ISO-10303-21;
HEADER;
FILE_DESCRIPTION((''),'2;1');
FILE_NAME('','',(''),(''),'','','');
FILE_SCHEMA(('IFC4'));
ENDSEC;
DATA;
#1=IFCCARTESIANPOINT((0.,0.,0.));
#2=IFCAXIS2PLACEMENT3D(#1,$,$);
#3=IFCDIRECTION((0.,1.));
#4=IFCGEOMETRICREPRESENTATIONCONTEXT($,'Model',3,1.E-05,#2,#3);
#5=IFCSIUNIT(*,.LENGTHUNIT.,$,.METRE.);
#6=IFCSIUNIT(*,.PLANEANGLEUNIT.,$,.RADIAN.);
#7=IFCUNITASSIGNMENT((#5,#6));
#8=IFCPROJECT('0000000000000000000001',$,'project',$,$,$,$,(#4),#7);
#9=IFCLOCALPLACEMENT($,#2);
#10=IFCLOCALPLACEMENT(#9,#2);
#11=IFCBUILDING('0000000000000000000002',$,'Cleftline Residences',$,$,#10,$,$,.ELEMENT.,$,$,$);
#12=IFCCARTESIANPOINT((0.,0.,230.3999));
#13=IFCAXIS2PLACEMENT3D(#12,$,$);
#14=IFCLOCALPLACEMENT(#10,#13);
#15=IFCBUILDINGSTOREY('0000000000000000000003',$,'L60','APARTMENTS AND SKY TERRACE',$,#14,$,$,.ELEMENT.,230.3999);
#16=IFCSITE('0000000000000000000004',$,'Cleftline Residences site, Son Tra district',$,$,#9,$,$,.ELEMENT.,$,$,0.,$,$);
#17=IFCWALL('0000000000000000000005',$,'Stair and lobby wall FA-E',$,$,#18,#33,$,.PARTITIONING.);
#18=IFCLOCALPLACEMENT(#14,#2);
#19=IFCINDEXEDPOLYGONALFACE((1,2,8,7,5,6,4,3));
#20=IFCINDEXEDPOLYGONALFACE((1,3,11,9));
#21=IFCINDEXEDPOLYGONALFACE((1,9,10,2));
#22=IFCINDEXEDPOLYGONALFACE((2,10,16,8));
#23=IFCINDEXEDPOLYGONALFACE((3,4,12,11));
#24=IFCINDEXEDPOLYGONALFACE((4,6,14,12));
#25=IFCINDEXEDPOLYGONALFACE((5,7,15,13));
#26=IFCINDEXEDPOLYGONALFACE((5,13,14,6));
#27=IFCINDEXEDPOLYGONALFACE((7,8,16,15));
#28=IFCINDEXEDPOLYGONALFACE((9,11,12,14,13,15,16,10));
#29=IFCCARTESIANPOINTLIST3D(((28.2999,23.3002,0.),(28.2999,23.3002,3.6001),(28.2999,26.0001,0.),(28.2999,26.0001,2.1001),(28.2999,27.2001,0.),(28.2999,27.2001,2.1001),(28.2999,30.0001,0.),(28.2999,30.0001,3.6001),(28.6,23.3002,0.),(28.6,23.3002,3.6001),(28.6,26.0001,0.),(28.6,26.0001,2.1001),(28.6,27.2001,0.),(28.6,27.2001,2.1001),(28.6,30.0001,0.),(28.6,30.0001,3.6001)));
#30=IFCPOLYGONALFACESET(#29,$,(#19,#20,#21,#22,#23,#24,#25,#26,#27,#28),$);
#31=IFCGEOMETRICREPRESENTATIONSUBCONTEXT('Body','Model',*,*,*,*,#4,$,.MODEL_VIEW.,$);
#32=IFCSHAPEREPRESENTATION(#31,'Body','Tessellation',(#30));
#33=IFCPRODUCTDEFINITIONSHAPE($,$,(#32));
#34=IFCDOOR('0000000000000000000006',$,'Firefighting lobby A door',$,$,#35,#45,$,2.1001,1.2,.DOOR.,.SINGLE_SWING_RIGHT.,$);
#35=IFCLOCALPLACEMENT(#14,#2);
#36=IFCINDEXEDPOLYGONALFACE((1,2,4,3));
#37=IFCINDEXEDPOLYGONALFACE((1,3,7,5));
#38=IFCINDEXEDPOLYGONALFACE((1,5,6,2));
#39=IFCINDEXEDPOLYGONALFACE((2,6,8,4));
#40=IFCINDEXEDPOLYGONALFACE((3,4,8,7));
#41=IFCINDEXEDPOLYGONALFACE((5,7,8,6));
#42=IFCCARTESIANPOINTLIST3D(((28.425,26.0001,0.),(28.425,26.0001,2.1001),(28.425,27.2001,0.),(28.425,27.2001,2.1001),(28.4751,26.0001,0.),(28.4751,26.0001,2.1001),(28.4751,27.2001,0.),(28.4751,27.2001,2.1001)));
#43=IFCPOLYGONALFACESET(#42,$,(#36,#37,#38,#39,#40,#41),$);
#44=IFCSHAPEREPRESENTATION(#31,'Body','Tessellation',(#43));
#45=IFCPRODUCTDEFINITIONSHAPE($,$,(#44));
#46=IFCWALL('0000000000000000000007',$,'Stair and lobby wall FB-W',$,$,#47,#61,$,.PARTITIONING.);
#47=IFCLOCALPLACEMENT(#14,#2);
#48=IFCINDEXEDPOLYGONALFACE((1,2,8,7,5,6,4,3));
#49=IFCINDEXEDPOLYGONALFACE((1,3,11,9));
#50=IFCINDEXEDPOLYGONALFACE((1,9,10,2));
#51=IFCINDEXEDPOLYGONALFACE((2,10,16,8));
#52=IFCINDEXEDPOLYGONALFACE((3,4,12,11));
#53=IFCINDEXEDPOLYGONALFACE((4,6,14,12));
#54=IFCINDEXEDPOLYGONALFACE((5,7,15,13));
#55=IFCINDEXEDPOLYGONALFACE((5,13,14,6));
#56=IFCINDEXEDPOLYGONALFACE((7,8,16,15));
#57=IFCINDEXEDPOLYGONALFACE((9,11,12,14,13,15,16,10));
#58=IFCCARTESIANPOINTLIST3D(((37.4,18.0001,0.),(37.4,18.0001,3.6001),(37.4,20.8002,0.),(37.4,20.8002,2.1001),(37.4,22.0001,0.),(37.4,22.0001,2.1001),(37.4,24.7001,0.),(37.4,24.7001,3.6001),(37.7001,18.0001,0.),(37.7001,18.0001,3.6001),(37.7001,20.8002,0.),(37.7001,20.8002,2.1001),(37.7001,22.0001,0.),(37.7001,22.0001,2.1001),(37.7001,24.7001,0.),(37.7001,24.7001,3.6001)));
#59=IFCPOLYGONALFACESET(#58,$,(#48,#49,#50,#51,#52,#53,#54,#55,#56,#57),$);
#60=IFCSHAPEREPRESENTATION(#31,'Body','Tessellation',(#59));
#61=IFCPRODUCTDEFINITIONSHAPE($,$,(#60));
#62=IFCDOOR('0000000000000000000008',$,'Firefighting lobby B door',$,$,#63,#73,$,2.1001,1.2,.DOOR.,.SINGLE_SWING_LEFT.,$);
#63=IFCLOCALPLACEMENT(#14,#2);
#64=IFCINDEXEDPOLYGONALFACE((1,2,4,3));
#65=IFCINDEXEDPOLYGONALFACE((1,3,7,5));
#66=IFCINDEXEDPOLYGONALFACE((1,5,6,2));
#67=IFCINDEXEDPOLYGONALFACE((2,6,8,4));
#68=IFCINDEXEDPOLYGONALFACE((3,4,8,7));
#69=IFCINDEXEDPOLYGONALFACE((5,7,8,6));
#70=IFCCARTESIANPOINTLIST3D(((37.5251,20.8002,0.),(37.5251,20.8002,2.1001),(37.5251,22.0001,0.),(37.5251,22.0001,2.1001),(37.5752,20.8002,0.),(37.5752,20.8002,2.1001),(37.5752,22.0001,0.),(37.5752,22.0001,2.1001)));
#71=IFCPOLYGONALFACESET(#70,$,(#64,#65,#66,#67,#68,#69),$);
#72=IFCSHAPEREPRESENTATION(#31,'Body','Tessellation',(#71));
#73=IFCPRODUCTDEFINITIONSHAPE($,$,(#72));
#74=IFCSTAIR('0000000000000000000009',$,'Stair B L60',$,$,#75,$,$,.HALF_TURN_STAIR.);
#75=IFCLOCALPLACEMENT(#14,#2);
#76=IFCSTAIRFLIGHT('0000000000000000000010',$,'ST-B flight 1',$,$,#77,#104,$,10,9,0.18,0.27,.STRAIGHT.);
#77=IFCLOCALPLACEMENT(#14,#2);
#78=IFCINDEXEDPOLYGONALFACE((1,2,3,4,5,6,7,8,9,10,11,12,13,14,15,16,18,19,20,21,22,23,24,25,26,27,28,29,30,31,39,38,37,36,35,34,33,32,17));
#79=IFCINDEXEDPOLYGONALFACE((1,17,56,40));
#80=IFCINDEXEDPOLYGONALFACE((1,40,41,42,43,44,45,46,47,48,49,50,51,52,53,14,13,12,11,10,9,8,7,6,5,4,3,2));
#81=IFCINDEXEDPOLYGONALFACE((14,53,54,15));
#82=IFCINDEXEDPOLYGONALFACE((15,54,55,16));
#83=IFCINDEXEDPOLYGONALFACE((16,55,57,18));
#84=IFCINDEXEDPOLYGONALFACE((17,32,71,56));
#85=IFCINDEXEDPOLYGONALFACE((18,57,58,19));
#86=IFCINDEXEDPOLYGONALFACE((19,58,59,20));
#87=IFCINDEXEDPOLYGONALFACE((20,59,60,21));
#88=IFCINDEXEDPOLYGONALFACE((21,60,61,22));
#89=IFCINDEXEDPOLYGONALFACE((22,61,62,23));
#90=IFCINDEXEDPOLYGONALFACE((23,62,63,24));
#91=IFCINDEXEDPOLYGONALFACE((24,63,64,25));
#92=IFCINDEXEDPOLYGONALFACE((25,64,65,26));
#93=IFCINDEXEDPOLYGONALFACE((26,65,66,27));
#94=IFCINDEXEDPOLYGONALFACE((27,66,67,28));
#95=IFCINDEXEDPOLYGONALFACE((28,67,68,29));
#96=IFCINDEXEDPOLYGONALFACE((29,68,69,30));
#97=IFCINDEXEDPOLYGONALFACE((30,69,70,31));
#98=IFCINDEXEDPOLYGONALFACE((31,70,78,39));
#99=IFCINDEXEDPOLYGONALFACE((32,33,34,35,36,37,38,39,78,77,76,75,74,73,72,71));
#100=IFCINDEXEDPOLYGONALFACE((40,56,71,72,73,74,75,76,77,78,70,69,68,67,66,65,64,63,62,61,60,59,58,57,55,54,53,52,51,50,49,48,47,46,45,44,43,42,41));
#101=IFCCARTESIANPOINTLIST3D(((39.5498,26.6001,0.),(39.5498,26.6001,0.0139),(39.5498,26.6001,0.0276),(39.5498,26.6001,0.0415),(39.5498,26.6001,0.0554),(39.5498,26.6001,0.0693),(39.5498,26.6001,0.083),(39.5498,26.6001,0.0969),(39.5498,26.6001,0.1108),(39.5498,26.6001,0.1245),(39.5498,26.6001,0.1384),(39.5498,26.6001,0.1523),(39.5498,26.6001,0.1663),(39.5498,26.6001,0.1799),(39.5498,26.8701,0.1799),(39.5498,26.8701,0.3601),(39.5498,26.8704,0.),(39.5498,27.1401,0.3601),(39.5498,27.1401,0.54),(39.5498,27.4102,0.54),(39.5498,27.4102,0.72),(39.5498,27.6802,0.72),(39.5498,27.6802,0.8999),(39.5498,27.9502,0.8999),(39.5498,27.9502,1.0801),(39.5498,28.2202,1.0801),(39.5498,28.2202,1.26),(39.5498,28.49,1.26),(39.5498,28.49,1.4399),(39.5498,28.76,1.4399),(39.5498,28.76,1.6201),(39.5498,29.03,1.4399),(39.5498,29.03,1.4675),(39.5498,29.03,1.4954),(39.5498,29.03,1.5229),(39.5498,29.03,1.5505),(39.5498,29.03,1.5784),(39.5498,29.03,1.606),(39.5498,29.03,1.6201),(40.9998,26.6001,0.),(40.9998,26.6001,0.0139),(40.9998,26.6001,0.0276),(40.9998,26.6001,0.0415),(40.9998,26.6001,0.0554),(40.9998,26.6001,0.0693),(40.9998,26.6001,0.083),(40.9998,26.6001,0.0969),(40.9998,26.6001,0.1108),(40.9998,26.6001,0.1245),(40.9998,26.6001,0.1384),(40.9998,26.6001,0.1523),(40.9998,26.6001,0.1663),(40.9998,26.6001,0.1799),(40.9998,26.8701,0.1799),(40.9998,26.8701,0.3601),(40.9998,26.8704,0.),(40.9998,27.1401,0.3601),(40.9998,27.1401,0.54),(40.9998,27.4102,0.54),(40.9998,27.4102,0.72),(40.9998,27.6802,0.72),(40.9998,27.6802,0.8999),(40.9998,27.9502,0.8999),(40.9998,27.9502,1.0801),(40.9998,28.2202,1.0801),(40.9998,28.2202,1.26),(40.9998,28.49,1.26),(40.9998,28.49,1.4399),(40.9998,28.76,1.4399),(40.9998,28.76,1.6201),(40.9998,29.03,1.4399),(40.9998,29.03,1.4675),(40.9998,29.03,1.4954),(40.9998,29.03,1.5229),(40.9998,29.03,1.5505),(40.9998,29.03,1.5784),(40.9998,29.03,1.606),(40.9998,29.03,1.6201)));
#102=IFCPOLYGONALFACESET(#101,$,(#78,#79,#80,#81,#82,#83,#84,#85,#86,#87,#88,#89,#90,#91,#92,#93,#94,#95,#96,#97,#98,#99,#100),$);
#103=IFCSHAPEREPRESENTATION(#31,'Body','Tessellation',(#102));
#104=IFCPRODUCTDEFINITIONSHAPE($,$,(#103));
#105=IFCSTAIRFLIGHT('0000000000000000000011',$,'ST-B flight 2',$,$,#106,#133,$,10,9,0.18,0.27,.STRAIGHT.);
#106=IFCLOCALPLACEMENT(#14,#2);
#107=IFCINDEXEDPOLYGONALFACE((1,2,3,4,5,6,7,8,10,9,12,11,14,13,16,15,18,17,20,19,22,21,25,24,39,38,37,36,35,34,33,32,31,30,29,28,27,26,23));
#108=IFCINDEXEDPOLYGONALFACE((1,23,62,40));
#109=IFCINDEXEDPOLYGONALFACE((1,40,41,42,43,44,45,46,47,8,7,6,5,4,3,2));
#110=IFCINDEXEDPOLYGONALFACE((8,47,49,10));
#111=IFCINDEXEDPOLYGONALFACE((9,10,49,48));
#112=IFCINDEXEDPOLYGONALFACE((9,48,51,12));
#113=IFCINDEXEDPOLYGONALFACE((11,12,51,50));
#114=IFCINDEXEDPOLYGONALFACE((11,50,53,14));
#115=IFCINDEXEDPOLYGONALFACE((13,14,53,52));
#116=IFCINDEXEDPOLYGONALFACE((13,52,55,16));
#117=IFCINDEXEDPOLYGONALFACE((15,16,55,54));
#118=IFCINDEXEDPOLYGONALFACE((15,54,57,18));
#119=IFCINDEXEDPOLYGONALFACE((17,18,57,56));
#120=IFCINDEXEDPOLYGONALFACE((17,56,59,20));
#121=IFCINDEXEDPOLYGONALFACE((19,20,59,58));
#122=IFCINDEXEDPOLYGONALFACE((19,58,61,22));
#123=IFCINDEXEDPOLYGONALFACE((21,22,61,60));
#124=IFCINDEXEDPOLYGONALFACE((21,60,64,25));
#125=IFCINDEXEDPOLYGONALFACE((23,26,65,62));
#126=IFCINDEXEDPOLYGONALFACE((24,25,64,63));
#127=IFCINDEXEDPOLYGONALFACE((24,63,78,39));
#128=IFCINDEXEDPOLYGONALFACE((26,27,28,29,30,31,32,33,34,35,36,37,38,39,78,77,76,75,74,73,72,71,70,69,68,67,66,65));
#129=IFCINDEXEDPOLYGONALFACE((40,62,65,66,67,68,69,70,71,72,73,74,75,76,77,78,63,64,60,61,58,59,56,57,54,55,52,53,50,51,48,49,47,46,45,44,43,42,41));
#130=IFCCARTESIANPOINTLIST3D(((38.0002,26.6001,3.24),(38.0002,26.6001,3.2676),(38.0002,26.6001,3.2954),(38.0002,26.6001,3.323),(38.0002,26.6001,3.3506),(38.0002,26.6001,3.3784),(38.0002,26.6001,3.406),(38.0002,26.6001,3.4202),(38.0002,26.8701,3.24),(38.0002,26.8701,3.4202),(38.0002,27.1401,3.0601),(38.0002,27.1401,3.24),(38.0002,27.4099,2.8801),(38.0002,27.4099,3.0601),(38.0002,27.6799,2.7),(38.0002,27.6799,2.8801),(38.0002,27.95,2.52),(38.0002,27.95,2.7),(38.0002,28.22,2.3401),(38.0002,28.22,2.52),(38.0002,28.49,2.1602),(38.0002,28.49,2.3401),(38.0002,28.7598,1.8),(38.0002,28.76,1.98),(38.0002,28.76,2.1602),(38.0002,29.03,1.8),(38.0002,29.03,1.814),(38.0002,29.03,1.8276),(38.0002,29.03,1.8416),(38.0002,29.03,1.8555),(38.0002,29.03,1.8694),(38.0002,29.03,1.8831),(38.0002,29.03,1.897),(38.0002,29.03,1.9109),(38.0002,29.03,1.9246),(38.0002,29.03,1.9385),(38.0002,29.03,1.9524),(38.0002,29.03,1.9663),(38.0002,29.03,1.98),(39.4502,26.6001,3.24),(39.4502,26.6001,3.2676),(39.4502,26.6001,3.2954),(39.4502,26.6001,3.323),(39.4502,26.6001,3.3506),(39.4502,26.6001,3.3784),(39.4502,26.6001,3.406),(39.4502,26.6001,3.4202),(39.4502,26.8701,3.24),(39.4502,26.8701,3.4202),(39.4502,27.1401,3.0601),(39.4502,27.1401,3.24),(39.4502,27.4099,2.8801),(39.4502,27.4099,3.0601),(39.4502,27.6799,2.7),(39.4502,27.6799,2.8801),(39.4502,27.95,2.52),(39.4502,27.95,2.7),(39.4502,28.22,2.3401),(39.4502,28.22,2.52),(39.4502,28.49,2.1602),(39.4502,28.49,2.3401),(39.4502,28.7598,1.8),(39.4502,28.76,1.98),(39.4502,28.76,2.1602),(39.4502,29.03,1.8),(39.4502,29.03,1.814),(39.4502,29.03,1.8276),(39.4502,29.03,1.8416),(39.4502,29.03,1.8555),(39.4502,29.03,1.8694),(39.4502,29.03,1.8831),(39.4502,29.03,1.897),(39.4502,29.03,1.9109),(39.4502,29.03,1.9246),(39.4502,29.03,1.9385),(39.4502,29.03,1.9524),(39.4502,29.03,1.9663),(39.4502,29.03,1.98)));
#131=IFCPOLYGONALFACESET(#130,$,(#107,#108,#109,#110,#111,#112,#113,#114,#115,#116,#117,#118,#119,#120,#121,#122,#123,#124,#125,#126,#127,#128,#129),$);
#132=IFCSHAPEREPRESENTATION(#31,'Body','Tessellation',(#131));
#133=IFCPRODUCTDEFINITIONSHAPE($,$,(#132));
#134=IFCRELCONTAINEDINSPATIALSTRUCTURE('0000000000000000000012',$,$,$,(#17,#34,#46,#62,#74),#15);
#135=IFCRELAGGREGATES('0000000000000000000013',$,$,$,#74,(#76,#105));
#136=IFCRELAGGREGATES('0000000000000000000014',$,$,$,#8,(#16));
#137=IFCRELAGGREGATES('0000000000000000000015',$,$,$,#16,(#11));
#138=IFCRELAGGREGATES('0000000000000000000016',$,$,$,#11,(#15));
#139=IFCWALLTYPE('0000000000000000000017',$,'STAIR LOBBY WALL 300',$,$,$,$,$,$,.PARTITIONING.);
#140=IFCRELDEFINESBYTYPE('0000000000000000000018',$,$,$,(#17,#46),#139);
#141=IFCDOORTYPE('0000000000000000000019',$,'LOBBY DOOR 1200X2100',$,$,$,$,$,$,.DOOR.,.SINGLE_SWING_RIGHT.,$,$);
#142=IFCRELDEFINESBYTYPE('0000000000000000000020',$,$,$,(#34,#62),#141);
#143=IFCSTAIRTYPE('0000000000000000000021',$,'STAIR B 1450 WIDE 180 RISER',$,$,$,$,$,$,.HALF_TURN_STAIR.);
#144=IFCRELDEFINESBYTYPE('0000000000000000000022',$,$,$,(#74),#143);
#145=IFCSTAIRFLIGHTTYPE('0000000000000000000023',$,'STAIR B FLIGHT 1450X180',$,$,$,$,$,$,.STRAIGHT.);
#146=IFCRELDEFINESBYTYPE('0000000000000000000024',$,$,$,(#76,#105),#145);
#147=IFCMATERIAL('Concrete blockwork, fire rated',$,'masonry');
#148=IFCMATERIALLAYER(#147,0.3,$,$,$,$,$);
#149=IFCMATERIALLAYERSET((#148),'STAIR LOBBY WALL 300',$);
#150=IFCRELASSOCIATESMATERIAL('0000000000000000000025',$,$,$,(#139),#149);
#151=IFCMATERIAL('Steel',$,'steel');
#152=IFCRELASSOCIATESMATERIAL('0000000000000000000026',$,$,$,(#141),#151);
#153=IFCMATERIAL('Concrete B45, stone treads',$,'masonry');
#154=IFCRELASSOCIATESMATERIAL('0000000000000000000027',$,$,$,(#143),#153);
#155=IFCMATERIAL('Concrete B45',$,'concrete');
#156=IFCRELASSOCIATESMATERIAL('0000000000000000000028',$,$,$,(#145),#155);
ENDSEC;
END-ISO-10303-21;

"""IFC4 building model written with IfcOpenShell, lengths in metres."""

from ifc_helpers import new_model, si_unit, direction, frame, frame_2d, origin, place, context, subcontext, project, spatial, polyline, rectangle, outline, extrude, material, layer, layer_set, type_object, element, fill, aggregate, save


model = new_model("IFC4")

# Units and contexts
model_context = context("Model", 3, precision=1e-05, world=origin(), true_north=direction((0.0, 1.0)))
body_context = subcontext(model_context, "Body", "Model", "MODEL_VIEW")
ifc_project = project(units=[si_unit("LENGTHUNIT", "METRE"), si_unit("PLANEANGLEUNIT", "RADIAN")], contexts=[model_context])

# Site, building, storey
site_placement = place(None, origin())
site = spatial("IfcSite", under=ifc_project, at=site_placement, Name="Cleftline Residences site, Son Tra district", CompositionType="ELEMENT", RefElevation=0.0)
building_placement = place(site_placement, origin())
building = spatial("IfcBuilding", under=site, at=building_placement, Name="Cleftline Residences", CompositionType="ELEMENT")
storey_placement = place(building_placement, frame((0.0, 0.0, 230.3999)))
storey = spatial("IfcBuildingStorey", under=building, at=storey_placement, Name="L60", Description="APARTMENTS AND SKY TERRACE", CompositionType="ELEMENT", Elevation=230.3999)

# Walls, openings, doors
ifc_material_1 = material(Name="Concrete blockwork, fire rated", Category="masonry")
ifc_layer_1 = layer(ifc_material_1, 0.3)
ifc_layer_set_1 = layer_set([ifc_layer_1], Name="STAIR LOBBY WALL 300")
wall_type_1 = type_object("IfcWallType", Name="STAIR LOBBY WALL 300", PredefinedType="PARTITIONING", material=ifc_layer_set_1)
wall_1_placement = place(storey_placement, frame((28.45, 23.3, 0.0), z_axis=(0.0, 0.0, 1.0), x_axis=(0.0, 1.0, 0.0)))
wall_1 = element("IfcWall", 1, at=wall_1_placement, inside=storey, type_object=wall_type_1, Name="Stair and lobby wall FA-E", PredefinedType="PARTITIONING", context=body_context, shape_type="SweptSolid", body=[
    extrude(rectangle(XDim=6.7, YDim=0.3, at=frame_2d((3.3501, 0.0))), origin(), (0.0, 0.0, 1.0), 3.6001),
])
opening_1_placement = place(wall_1_placement, frame((2.7, 0.0, 0.0)))
opening_1 = element("IfcOpeningElement", 2, at=opening_1_placement, cuts=wall_1, PredefinedType="OPENING", context=body_context, shape_type="SweptSolid", body=[
    extrude(rectangle(XDim=1.2, YDim=2.1001, at=frame_2d((0.6001, 1.05))), frame((0.0, 0.1599, 0.0), z_axis=(0.0, -1.0, 0.0), x_axis=(1.0, 0.0, 0.0)), (0.0, 0.0, 1.0), 0.3201),
])
ifc_material_2 = material(Name="Steel", Category="steel")
door_type_1 = type_object("IfcDoorType", Name="LOBBY DOOR 1200X2100", OperationType="SINGLE_SWING_RIGHT", PredefinedType="DOOR", material=ifc_material_2)
door_1_placement = place(opening_1_placement, origin())
door_1 = element("IfcDoor", 3, at=door_1_placement, inside=storey, type_object=door_type_1, Name="Firefighting lobby A door", OperationType="SINGLE_SWING_RIGHT", OverallHeight=2.1001, OverallWidth=1.2, PredefinedType="DOOR", context=body_context, shape_type="SweptSolid", body=[
    extrude(rectangle(XDim=1.2, YDim=2.1001, at=frame_2d((0.6001, 1.05))), frame((0.0, 0.0249, 0.0), z_axis=(0.0, -1.0, 0.0), x_axis=(1.0, 0.0, 0.0)), (0.0, 0.0, 1.0), 0.05),
])
fill(opening_1, door_1)
wall_2_placement = place(storey_placement, frame((37.55, 18.0, 0.0), z_axis=(0.0, 0.0, 1.0), x_axis=(0.0, 1.0, 0.0)))
wall_2 = element("IfcWall", 4, at=wall_2_placement, inside=storey, type_object=wall_type_1, Name="Stair and lobby wall FB-W", PredefinedType="PARTITIONING", context=body_context, shape_type="SweptSolid", body=[
    extrude(rectangle(XDim=6.7, YDim=0.3, at=frame_2d((3.3501, 0.0))), origin(), (0.0, 0.0, 1.0), 3.6001),
])
opening_2_placement = place(wall_2_placement, frame((2.8, 0.0, 0.0)))
opening_2 = element("IfcOpeningElement", 5, at=opening_2_placement, cuts=wall_2, PredefinedType="OPENING", context=body_context, shape_type="SweptSolid", body=[
    extrude(rectangle(XDim=1.2, YDim=2.1001, at=frame_2d((0.6001, 1.05))), frame((0.0, 0.1599, 0.0), z_axis=(0.0, -1.0, 0.0), x_axis=(1.0, 0.0, 0.0)), (0.0, 0.0, 1.0), 0.3201),
])
door_2_placement = place(opening_2_placement, origin())
door_2 = element("IfcDoor", 6, at=door_2_placement, inside=storey, type_object=door_type_1, Name="Firefighting lobby B door", OperationType="SINGLE_SWING_LEFT", OverallHeight=2.1001, OverallWidth=1.2, PredefinedType="DOOR", context=body_context, shape_type="SweptSolid", body=[
    extrude(rectangle(XDim=1.2, YDim=2.1001, at=frame_2d((0.6001, 1.05))), frame((0.0, 0.0249, 0.0), z_axis=(0.0, -1.0, 0.0), x_axis=(1.0, 0.0, 0.0)), (0.0, 0.0, 1.0), 0.05),
])
fill(opening_2, door_2)

# Stair, stair flights
ifc_material_3 = material(Name="Concrete B45, stone treads", Category="masonry")
stair_type = type_object("IfcStairType", Name="STAIR B 1450 WIDE 180 RISER", PredefinedType="HALF_TURN_STAIR", material=ifc_material_3)
stair_placement = place(storey_placement, origin())
stair = element("IfcStair", 7, at=stair_placement, inside=storey, type_object=stair_type, Name="Stair B L60", PredefinedType="HALF_TURN_STAIR")
ifc_material_4 = material(Name="Concrete B45", Category="concrete")
stair_flight_type = type_object("IfcStairFlightType", Name="STAIR B FLIGHT 1450X180", PredefinedType="STRAIGHT", material=ifc_material_4)
stair_flight_1_placement = place(storey_placement, frame((40.2749, 26.6001, 0.0), z_axis=(0.0, 0.0, 1.0), x_axis=(0.0, 1.0, 0.0)))
stair_flight_1 = element("IfcStairFlight", 8, at=stair_flight_1_placement, type_object=stair_flight_type, Name="ST-B flight 1", NumberOfRisers=10, NumberOfTreads=9, PredefinedType="STRAIGHT", RiserHeight=0.18, TreadLength=0.27, context=body_context, shape_type="SweptSolid", body=[
    extrude(outline(polyline([(0.0, 0.0), (0.0, 0.0139), (0.0, 0.0276), (0.0, 0.0415), (0.0, 0.0554), (0.0, 0.0693), (0.0, 0.083), (0.0, 0.0969), (0.0, 0.1108), (0.0, 0.1245), (0.0, 0.1384), (0.0, 0.1523), (0.0, 0.1663), (0.0, 0.1799), (0.27, 0.1799), (0.27, 0.3601), (0.54, 0.3601), (0.54, 0.54), (0.8101, 0.54), (0.8101, 0.72), (1.0801, 0.72), (1.0801, 0.8999), (1.3501, 0.8999), (1.3501, 1.0801), (1.6201, 1.0801), (1.6201, 1.26), (1.8899, 1.26), (1.8899, 1.4399), (2.1599, 1.4399), (2.1599, 1.6201), (2.4299, 1.6201), (2.4299, 1.8), (2.4299, 1.7722), (2.4299, 1.7446), (2.4299, 1.7168), (2.4299, 1.6892), (2.4299, 1.6614), (2.4299, 1.6338), (2.4299, 1.606), (2.4299, 1.5784), (2.4299, 1.5505), (2.4299, 1.5229), (2.4299, 1.4954), (2.4299, 1.4675), (2.4299, 1.4399), (0.2703, 0.0), (0.0, 0.0)])), frame((0.0, 0.7251, 0.0), z_axis=(0.0, -1.0, 0.0), x_axis=(1.0, 0.0, 0.0)), (0.0, 0.0, 1.0), 1.45),
])
stair_flight_2_placement = place(storey_placement, frame((38.7251, 29.03, 1.8), z_axis=(0.0, 0.0, 1.0), x_axis=(0.0, -1.0, 0.0)))
stair_flight_2 = element("IfcStairFlight", 9, at=stair_flight_2_placement, type_object=stair_flight_type, Name="ST-B flight 2", NumberOfRisers=10, NumberOfTreads=9, PredefinedType="STRAIGHT", RiserHeight=0.18, TreadLength=0.27, context=body_context, shape_type="SweptSolid", body=[
    extrude(outline(polyline([(0.0, 0.0), (0.0, 0.0139), (0.0, 0.0276), (0.0, 0.0415), (0.0, 0.0554), (0.0, 0.0693), (0.0, 0.083), (0.0, 0.0969), (0.0, 0.1108), (0.0, 0.1245), (0.0, 0.1384), (0.0, 0.1523), (0.0, 0.1663), (0.0, 0.1799), (0.27, 0.1799), (0.27, 0.3601), (0.54, 0.3601), (0.54, 0.54), (0.8101, 0.54), (0.8101, 0.72), (1.0801, 0.72), (1.0801, 0.8999), (1.3501, 0.8999), (1.3501, 1.0801), (1.6201, 1.0801), (1.6201, 1.26), (1.8899, 1.26), (1.8899, 1.4399), (2.1599, 1.4399), (2.1599, 1.6201), (2.4299, 1.6201), (2.4299, 1.8), (2.4299, 1.7722), (2.4299, 1.7446), (2.4299, 1.7168), (2.4299, 1.6892), (2.4299, 1.6614), (2.4299, 1.6338), (2.4299, 1.606), (2.4299, 1.5784), (2.4299, 1.5505), (2.4299, 1.5229), (2.4299, 1.4954), (2.4299, 1.4675), (2.4299, 1.4399), (0.2703, 0.0), (0.0, 0.0)])), frame((0.0, 0.7251, 0.0), z_axis=(0.0, -1.0, 0.0), x_axis=(1.0, 0.0, 0.0)), (0.0, 0.0, 1.0), 1.45),
])
aggregate(stair, [stair_flight_1, stair_flight_2])

save(model, "model.ifc")
